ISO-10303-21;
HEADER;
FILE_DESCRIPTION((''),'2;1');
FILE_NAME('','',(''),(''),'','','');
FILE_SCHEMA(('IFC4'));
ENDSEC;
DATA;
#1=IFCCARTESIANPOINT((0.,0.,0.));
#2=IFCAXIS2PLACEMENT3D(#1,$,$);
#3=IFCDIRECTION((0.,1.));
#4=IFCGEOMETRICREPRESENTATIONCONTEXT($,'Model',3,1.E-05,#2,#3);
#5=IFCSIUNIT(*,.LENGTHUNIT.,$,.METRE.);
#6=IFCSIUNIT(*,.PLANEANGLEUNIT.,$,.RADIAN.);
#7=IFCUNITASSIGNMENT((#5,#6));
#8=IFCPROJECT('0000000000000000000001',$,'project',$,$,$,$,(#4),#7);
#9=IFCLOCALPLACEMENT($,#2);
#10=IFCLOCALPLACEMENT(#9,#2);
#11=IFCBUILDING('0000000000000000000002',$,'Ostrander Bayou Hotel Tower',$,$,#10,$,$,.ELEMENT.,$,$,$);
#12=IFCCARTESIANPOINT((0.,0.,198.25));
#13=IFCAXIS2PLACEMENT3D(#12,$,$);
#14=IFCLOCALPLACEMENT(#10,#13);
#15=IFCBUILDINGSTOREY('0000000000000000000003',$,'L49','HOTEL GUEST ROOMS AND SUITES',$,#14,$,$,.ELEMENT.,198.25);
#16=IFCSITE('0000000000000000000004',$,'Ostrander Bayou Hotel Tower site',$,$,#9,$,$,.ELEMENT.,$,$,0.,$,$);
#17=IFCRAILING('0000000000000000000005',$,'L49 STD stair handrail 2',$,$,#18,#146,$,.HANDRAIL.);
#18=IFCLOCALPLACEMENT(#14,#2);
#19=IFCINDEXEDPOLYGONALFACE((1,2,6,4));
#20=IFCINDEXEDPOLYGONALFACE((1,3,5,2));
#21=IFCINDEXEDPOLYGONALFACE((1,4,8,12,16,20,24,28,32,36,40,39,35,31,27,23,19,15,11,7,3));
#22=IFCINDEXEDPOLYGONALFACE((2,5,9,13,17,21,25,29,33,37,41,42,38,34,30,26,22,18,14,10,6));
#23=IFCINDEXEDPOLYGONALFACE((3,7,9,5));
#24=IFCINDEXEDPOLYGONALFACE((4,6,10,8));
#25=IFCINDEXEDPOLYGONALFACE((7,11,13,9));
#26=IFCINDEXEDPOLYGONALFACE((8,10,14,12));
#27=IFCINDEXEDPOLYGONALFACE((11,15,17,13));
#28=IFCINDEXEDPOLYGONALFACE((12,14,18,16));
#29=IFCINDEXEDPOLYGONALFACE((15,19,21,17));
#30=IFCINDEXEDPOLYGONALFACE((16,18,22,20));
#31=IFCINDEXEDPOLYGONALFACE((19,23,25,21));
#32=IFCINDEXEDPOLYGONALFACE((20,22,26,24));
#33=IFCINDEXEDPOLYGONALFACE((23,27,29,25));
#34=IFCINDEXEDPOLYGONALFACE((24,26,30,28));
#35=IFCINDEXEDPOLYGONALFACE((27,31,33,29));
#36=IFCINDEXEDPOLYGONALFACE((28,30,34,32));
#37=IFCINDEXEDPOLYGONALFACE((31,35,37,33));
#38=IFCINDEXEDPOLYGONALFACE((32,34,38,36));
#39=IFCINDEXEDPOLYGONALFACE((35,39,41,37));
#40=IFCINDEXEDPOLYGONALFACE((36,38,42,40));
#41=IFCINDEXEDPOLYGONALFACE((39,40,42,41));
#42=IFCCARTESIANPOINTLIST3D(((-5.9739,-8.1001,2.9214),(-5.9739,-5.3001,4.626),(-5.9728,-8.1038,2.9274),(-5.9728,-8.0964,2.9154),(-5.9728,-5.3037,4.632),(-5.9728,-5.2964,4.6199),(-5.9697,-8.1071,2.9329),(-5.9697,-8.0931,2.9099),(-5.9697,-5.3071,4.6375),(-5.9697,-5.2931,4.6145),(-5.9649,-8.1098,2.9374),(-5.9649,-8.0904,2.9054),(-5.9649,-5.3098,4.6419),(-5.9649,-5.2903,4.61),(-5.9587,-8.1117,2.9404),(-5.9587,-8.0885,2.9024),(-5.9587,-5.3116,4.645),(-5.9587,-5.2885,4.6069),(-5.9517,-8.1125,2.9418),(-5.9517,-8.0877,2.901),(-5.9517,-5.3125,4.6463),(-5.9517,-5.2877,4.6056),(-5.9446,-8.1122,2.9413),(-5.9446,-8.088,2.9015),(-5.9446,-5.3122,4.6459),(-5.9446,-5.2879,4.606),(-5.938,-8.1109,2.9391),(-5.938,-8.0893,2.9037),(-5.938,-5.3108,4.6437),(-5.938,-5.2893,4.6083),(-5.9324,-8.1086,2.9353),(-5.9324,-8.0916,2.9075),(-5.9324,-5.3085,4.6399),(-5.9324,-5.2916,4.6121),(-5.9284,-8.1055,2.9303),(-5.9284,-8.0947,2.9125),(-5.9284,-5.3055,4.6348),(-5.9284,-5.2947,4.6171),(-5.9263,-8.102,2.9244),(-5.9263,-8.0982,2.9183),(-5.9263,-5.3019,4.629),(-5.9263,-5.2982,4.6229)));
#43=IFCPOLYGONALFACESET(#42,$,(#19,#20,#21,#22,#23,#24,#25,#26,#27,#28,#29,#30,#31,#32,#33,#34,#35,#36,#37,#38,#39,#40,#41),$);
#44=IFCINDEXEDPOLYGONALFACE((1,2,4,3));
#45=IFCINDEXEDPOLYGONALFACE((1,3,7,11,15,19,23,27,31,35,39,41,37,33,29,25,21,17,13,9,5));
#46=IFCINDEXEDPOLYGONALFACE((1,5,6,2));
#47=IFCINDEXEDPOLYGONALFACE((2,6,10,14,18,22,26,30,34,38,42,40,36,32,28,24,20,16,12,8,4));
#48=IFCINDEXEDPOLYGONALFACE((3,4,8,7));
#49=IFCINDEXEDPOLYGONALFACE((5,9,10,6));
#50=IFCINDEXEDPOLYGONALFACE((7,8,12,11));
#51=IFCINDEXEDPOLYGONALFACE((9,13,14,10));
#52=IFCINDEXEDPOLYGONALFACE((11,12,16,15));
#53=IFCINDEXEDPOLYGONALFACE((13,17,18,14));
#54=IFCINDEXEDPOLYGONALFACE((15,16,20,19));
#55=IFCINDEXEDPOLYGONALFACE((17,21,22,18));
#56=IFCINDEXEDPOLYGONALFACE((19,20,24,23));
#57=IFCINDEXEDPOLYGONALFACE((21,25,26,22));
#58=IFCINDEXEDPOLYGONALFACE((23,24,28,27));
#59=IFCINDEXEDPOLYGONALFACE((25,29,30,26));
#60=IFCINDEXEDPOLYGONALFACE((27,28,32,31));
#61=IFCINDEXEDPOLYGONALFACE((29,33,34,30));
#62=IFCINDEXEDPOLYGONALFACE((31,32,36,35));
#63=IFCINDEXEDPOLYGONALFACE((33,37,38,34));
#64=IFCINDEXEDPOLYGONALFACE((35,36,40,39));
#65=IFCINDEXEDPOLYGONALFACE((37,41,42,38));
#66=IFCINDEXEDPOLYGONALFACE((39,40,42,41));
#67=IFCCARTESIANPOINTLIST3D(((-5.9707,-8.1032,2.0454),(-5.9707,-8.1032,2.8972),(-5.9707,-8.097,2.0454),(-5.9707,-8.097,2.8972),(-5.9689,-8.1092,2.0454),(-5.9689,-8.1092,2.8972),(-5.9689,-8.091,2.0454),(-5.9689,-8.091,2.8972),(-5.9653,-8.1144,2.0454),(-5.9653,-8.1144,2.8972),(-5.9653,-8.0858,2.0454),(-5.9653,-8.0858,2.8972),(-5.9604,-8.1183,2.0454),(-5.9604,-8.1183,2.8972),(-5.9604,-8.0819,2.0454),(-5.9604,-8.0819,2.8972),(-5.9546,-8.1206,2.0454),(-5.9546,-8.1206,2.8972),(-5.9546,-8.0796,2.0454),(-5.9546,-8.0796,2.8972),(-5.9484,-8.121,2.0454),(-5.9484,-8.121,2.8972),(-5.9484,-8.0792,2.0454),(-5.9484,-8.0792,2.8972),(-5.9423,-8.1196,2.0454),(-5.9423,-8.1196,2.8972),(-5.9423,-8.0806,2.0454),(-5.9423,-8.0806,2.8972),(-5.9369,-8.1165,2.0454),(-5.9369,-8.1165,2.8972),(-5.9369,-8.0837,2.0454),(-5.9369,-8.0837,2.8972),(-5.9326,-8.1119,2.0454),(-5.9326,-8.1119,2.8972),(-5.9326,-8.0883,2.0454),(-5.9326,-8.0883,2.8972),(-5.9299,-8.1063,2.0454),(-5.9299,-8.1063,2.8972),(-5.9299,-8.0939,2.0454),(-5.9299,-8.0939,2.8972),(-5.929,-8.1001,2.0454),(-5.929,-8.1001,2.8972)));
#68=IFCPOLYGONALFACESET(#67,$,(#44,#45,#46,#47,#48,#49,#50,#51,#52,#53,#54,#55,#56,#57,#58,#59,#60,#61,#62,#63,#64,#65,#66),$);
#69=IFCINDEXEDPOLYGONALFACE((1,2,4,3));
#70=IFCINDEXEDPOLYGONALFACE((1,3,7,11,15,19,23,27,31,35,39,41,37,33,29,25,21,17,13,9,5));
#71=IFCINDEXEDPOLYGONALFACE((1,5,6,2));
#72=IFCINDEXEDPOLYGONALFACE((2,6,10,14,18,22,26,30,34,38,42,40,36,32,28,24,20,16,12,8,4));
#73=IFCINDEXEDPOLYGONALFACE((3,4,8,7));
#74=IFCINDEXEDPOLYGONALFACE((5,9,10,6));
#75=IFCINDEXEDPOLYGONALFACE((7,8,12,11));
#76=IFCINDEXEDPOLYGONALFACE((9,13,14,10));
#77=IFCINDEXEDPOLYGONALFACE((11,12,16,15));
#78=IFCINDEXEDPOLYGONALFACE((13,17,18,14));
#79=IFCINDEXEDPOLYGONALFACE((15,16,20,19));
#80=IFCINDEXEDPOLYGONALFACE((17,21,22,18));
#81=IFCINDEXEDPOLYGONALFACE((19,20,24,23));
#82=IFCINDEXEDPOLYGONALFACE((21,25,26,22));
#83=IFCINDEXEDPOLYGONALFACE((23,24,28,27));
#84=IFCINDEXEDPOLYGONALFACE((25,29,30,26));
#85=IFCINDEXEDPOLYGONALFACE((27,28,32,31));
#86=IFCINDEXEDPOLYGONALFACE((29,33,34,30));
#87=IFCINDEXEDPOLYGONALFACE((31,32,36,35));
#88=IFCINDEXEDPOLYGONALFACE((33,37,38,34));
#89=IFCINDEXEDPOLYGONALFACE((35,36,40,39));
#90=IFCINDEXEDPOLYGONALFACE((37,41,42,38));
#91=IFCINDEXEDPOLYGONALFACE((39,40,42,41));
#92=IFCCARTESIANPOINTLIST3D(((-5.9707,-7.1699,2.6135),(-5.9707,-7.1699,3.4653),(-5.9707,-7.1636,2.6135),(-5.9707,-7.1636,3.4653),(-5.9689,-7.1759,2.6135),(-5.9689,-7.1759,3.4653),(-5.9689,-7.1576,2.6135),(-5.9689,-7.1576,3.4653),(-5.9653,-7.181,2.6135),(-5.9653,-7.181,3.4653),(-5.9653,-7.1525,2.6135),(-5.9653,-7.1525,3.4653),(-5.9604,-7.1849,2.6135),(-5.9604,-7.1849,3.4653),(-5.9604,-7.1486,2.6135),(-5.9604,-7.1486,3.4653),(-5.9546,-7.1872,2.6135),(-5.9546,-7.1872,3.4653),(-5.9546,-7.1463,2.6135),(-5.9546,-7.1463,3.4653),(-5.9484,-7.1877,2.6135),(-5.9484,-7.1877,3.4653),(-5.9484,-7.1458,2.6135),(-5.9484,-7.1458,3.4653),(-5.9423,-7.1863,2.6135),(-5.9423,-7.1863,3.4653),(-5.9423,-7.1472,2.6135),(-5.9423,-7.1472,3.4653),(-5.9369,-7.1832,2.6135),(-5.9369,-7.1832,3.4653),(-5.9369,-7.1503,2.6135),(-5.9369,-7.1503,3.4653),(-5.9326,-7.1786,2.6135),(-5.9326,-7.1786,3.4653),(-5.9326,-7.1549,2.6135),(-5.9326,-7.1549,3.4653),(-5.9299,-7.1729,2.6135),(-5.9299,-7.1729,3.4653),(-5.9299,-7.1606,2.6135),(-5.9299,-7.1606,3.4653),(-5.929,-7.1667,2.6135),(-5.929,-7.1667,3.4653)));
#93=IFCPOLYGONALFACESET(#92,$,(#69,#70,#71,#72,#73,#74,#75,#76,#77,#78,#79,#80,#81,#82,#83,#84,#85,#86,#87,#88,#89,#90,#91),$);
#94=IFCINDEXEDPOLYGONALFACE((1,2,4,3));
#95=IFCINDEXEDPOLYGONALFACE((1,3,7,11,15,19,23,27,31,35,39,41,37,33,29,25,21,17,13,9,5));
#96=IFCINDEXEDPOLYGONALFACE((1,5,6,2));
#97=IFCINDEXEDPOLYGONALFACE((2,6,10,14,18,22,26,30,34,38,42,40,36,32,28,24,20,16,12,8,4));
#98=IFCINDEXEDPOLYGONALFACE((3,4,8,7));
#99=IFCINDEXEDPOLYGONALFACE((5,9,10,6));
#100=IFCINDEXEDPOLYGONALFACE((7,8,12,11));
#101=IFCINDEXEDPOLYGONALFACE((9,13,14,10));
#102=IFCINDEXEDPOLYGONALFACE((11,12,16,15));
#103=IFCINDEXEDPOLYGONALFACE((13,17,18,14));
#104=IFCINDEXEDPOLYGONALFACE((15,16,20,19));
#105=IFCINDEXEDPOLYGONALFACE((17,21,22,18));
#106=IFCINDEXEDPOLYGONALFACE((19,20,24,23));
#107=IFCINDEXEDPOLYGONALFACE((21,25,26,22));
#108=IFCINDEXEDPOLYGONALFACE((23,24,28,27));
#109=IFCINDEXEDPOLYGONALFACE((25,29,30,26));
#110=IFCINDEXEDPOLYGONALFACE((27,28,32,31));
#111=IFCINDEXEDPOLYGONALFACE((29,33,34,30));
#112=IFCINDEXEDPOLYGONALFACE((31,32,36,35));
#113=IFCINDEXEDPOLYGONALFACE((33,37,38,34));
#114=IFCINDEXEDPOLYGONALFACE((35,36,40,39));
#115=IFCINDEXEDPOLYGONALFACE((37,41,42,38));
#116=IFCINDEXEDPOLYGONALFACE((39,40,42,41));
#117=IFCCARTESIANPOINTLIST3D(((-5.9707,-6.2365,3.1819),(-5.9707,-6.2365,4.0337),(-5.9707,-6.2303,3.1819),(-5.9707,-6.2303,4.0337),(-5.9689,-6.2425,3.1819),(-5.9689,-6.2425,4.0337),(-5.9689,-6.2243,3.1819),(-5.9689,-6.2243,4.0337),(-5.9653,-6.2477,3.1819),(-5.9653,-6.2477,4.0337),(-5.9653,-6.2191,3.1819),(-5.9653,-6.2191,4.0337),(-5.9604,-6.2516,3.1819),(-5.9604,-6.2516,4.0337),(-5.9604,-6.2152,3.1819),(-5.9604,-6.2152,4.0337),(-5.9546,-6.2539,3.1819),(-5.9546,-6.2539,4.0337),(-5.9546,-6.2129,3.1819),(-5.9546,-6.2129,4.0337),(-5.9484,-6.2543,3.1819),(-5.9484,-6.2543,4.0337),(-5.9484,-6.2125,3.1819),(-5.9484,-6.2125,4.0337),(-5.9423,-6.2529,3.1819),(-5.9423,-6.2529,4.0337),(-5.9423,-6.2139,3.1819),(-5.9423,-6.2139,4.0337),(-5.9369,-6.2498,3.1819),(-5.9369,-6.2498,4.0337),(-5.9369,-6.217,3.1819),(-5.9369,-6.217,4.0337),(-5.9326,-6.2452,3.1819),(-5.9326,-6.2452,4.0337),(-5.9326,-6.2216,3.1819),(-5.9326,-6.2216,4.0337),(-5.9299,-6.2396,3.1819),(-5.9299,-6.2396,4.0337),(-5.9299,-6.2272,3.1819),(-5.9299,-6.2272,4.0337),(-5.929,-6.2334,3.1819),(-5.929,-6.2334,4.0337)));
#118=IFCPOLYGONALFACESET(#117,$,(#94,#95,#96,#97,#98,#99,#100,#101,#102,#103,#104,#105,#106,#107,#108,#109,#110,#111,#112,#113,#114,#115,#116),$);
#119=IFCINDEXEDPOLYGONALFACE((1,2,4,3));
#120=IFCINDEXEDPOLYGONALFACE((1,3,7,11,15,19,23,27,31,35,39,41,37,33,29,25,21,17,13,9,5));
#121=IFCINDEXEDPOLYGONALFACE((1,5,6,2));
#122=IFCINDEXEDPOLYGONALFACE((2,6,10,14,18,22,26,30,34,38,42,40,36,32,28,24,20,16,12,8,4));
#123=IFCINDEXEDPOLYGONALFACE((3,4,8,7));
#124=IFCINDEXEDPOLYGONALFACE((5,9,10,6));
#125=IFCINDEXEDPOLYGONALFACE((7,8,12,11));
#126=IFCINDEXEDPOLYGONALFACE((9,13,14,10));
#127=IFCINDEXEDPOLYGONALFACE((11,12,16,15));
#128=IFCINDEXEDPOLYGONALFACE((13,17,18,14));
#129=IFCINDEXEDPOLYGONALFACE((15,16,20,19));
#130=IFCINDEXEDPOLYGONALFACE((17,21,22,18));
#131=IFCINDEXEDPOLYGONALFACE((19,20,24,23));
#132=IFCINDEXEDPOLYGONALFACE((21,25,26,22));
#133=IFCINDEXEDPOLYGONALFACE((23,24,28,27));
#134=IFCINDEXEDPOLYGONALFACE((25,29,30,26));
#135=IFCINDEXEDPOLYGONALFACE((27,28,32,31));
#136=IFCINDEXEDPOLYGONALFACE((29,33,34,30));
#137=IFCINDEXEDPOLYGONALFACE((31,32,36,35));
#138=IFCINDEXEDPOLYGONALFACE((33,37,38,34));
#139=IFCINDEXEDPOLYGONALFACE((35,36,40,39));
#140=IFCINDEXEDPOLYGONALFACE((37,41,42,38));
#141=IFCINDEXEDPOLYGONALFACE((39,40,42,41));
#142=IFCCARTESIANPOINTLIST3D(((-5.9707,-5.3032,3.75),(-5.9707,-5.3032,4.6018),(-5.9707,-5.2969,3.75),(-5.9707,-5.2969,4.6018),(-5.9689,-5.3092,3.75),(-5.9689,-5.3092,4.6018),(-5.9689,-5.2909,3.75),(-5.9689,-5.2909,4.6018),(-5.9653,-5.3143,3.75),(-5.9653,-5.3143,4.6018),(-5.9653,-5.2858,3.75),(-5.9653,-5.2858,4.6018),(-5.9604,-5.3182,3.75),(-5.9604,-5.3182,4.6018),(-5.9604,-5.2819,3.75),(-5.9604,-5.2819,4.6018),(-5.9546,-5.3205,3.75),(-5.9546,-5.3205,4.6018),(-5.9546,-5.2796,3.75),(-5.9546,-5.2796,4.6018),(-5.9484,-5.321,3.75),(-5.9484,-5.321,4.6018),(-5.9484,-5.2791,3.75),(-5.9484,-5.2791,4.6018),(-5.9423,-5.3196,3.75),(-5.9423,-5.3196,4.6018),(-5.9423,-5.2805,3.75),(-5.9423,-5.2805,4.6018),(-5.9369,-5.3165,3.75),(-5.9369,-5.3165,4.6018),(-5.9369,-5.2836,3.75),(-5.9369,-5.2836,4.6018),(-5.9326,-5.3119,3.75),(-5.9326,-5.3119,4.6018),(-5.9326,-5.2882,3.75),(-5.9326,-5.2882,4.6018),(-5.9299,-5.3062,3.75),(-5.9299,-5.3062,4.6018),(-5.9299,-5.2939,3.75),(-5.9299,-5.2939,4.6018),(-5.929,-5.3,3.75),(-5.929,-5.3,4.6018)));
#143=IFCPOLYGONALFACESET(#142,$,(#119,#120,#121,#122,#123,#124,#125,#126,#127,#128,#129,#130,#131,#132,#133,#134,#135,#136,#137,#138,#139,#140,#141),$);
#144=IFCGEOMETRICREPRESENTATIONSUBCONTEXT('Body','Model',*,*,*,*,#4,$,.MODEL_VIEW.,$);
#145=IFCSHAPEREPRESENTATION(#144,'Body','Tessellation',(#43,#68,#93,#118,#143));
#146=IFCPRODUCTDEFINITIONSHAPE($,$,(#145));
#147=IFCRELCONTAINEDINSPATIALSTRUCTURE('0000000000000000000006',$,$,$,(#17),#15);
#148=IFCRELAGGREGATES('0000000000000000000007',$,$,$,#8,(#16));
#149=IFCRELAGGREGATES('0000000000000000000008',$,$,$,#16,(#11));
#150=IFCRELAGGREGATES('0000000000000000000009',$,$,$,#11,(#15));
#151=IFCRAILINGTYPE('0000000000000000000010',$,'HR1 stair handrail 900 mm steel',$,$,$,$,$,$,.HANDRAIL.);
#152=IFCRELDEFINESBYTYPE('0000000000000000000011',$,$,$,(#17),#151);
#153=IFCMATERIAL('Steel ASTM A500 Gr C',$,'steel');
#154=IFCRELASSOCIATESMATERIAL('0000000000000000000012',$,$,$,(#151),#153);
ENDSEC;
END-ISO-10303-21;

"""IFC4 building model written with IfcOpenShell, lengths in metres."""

from ifc_helpers import new_model, si_unit, direction, frame, origin, origin_2d, place, context, subcontext, project, spatial, circle, extrude, material, type_object, element, save


model = new_model("IFC4")

# Units and contexts
model_context = context("Model", 3, precision=1e-05, world=origin(), true_north=direction((0.0, 1.0)))
body_context = subcontext(model_context, "Body", "Model", "MODEL_VIEW")
ifc_project = project(units=[si_unit("LENGTHUNIT", "METRE"), si_unit("PLANEANGLEUNIT", "RADIAN")], contexts=[model_context])

# Site, building, storey
site_placement = place(None, origin())
site = spatial("IfcSite", under=ifc_project, at=site_placement, Name="Ostrander Bayou Hotel Tower site", CompositionType="ELEMENT", RefElevation=0.0)
building_placement = place(site_placement, origin())
building = spatial("IfcBuilding", under=site, at=building_placement, Name="Ostrander Bayou Hotel Tower", CompositionType="ELEMENT")
storey_placement = place(building_placement, frame((0.0, 0.0, 198.25)))
storey = spatial("IfcBuildingStorey", under=building, at=storey_placement, Name="L49", Description="HOTEL GUEST ROOMS AND SUITES", CompositionType="ELEMENT", Elevation=198.25)

# Railing
ifc_material_1 = material(Name="Steel ASTM A500 Gr C", Category="steel")
railing_type_1 = type_object("IfcRailingType", Name="HR1 stair handrail 900 mm steel", PredefinedType="HANDRAIL", material=ifc_material_1)
railing_1_placement = place(storey_placement, frame((-5.95, -8.1001, 2.0454)))
element("IfcRailing", 1, at=railing_1_placement, inside=storey, type_object=railing_type_1, Name="L49 STD stair handrail 2", PredefinedType="HANDRAIL", context=body_context, shape_type="SweptSolid", body=[
    extrude(circle(Radius=0.0239, at=origin_2d()), frame((0.0, 0.0, 0.876), z_axis=(0.0, 0.85417, 0.519994), x_axis=(-1.0, 0.0, 0.0)), (0.0, 0.0, 1.0), 3.2781),
    extrude(circle(Radius=0.021, at=origin_2d()), origin(), (0.0, 0.0, 1.0), 0.8518),
    extrude(circle(Radius=0.021, at=origin_2d()), frame((0.0, 0.9333, 0.5681)), (0.0, 0.0, 1.0), 0.8518),
    extrude(circle(Radius=0.021, at=origin_2d()), frame((0.0, 1.8667, 1.1365)), (0.0, 0.0, 1.0), 0.8518),
    extrude(circle(Radius=0.021, at=origin_2d()), frame((0.0, 2.8, 1.7046)), (0.0, 0.0, 1.0), 0.8518),
])

save(model, "model.ifc")
